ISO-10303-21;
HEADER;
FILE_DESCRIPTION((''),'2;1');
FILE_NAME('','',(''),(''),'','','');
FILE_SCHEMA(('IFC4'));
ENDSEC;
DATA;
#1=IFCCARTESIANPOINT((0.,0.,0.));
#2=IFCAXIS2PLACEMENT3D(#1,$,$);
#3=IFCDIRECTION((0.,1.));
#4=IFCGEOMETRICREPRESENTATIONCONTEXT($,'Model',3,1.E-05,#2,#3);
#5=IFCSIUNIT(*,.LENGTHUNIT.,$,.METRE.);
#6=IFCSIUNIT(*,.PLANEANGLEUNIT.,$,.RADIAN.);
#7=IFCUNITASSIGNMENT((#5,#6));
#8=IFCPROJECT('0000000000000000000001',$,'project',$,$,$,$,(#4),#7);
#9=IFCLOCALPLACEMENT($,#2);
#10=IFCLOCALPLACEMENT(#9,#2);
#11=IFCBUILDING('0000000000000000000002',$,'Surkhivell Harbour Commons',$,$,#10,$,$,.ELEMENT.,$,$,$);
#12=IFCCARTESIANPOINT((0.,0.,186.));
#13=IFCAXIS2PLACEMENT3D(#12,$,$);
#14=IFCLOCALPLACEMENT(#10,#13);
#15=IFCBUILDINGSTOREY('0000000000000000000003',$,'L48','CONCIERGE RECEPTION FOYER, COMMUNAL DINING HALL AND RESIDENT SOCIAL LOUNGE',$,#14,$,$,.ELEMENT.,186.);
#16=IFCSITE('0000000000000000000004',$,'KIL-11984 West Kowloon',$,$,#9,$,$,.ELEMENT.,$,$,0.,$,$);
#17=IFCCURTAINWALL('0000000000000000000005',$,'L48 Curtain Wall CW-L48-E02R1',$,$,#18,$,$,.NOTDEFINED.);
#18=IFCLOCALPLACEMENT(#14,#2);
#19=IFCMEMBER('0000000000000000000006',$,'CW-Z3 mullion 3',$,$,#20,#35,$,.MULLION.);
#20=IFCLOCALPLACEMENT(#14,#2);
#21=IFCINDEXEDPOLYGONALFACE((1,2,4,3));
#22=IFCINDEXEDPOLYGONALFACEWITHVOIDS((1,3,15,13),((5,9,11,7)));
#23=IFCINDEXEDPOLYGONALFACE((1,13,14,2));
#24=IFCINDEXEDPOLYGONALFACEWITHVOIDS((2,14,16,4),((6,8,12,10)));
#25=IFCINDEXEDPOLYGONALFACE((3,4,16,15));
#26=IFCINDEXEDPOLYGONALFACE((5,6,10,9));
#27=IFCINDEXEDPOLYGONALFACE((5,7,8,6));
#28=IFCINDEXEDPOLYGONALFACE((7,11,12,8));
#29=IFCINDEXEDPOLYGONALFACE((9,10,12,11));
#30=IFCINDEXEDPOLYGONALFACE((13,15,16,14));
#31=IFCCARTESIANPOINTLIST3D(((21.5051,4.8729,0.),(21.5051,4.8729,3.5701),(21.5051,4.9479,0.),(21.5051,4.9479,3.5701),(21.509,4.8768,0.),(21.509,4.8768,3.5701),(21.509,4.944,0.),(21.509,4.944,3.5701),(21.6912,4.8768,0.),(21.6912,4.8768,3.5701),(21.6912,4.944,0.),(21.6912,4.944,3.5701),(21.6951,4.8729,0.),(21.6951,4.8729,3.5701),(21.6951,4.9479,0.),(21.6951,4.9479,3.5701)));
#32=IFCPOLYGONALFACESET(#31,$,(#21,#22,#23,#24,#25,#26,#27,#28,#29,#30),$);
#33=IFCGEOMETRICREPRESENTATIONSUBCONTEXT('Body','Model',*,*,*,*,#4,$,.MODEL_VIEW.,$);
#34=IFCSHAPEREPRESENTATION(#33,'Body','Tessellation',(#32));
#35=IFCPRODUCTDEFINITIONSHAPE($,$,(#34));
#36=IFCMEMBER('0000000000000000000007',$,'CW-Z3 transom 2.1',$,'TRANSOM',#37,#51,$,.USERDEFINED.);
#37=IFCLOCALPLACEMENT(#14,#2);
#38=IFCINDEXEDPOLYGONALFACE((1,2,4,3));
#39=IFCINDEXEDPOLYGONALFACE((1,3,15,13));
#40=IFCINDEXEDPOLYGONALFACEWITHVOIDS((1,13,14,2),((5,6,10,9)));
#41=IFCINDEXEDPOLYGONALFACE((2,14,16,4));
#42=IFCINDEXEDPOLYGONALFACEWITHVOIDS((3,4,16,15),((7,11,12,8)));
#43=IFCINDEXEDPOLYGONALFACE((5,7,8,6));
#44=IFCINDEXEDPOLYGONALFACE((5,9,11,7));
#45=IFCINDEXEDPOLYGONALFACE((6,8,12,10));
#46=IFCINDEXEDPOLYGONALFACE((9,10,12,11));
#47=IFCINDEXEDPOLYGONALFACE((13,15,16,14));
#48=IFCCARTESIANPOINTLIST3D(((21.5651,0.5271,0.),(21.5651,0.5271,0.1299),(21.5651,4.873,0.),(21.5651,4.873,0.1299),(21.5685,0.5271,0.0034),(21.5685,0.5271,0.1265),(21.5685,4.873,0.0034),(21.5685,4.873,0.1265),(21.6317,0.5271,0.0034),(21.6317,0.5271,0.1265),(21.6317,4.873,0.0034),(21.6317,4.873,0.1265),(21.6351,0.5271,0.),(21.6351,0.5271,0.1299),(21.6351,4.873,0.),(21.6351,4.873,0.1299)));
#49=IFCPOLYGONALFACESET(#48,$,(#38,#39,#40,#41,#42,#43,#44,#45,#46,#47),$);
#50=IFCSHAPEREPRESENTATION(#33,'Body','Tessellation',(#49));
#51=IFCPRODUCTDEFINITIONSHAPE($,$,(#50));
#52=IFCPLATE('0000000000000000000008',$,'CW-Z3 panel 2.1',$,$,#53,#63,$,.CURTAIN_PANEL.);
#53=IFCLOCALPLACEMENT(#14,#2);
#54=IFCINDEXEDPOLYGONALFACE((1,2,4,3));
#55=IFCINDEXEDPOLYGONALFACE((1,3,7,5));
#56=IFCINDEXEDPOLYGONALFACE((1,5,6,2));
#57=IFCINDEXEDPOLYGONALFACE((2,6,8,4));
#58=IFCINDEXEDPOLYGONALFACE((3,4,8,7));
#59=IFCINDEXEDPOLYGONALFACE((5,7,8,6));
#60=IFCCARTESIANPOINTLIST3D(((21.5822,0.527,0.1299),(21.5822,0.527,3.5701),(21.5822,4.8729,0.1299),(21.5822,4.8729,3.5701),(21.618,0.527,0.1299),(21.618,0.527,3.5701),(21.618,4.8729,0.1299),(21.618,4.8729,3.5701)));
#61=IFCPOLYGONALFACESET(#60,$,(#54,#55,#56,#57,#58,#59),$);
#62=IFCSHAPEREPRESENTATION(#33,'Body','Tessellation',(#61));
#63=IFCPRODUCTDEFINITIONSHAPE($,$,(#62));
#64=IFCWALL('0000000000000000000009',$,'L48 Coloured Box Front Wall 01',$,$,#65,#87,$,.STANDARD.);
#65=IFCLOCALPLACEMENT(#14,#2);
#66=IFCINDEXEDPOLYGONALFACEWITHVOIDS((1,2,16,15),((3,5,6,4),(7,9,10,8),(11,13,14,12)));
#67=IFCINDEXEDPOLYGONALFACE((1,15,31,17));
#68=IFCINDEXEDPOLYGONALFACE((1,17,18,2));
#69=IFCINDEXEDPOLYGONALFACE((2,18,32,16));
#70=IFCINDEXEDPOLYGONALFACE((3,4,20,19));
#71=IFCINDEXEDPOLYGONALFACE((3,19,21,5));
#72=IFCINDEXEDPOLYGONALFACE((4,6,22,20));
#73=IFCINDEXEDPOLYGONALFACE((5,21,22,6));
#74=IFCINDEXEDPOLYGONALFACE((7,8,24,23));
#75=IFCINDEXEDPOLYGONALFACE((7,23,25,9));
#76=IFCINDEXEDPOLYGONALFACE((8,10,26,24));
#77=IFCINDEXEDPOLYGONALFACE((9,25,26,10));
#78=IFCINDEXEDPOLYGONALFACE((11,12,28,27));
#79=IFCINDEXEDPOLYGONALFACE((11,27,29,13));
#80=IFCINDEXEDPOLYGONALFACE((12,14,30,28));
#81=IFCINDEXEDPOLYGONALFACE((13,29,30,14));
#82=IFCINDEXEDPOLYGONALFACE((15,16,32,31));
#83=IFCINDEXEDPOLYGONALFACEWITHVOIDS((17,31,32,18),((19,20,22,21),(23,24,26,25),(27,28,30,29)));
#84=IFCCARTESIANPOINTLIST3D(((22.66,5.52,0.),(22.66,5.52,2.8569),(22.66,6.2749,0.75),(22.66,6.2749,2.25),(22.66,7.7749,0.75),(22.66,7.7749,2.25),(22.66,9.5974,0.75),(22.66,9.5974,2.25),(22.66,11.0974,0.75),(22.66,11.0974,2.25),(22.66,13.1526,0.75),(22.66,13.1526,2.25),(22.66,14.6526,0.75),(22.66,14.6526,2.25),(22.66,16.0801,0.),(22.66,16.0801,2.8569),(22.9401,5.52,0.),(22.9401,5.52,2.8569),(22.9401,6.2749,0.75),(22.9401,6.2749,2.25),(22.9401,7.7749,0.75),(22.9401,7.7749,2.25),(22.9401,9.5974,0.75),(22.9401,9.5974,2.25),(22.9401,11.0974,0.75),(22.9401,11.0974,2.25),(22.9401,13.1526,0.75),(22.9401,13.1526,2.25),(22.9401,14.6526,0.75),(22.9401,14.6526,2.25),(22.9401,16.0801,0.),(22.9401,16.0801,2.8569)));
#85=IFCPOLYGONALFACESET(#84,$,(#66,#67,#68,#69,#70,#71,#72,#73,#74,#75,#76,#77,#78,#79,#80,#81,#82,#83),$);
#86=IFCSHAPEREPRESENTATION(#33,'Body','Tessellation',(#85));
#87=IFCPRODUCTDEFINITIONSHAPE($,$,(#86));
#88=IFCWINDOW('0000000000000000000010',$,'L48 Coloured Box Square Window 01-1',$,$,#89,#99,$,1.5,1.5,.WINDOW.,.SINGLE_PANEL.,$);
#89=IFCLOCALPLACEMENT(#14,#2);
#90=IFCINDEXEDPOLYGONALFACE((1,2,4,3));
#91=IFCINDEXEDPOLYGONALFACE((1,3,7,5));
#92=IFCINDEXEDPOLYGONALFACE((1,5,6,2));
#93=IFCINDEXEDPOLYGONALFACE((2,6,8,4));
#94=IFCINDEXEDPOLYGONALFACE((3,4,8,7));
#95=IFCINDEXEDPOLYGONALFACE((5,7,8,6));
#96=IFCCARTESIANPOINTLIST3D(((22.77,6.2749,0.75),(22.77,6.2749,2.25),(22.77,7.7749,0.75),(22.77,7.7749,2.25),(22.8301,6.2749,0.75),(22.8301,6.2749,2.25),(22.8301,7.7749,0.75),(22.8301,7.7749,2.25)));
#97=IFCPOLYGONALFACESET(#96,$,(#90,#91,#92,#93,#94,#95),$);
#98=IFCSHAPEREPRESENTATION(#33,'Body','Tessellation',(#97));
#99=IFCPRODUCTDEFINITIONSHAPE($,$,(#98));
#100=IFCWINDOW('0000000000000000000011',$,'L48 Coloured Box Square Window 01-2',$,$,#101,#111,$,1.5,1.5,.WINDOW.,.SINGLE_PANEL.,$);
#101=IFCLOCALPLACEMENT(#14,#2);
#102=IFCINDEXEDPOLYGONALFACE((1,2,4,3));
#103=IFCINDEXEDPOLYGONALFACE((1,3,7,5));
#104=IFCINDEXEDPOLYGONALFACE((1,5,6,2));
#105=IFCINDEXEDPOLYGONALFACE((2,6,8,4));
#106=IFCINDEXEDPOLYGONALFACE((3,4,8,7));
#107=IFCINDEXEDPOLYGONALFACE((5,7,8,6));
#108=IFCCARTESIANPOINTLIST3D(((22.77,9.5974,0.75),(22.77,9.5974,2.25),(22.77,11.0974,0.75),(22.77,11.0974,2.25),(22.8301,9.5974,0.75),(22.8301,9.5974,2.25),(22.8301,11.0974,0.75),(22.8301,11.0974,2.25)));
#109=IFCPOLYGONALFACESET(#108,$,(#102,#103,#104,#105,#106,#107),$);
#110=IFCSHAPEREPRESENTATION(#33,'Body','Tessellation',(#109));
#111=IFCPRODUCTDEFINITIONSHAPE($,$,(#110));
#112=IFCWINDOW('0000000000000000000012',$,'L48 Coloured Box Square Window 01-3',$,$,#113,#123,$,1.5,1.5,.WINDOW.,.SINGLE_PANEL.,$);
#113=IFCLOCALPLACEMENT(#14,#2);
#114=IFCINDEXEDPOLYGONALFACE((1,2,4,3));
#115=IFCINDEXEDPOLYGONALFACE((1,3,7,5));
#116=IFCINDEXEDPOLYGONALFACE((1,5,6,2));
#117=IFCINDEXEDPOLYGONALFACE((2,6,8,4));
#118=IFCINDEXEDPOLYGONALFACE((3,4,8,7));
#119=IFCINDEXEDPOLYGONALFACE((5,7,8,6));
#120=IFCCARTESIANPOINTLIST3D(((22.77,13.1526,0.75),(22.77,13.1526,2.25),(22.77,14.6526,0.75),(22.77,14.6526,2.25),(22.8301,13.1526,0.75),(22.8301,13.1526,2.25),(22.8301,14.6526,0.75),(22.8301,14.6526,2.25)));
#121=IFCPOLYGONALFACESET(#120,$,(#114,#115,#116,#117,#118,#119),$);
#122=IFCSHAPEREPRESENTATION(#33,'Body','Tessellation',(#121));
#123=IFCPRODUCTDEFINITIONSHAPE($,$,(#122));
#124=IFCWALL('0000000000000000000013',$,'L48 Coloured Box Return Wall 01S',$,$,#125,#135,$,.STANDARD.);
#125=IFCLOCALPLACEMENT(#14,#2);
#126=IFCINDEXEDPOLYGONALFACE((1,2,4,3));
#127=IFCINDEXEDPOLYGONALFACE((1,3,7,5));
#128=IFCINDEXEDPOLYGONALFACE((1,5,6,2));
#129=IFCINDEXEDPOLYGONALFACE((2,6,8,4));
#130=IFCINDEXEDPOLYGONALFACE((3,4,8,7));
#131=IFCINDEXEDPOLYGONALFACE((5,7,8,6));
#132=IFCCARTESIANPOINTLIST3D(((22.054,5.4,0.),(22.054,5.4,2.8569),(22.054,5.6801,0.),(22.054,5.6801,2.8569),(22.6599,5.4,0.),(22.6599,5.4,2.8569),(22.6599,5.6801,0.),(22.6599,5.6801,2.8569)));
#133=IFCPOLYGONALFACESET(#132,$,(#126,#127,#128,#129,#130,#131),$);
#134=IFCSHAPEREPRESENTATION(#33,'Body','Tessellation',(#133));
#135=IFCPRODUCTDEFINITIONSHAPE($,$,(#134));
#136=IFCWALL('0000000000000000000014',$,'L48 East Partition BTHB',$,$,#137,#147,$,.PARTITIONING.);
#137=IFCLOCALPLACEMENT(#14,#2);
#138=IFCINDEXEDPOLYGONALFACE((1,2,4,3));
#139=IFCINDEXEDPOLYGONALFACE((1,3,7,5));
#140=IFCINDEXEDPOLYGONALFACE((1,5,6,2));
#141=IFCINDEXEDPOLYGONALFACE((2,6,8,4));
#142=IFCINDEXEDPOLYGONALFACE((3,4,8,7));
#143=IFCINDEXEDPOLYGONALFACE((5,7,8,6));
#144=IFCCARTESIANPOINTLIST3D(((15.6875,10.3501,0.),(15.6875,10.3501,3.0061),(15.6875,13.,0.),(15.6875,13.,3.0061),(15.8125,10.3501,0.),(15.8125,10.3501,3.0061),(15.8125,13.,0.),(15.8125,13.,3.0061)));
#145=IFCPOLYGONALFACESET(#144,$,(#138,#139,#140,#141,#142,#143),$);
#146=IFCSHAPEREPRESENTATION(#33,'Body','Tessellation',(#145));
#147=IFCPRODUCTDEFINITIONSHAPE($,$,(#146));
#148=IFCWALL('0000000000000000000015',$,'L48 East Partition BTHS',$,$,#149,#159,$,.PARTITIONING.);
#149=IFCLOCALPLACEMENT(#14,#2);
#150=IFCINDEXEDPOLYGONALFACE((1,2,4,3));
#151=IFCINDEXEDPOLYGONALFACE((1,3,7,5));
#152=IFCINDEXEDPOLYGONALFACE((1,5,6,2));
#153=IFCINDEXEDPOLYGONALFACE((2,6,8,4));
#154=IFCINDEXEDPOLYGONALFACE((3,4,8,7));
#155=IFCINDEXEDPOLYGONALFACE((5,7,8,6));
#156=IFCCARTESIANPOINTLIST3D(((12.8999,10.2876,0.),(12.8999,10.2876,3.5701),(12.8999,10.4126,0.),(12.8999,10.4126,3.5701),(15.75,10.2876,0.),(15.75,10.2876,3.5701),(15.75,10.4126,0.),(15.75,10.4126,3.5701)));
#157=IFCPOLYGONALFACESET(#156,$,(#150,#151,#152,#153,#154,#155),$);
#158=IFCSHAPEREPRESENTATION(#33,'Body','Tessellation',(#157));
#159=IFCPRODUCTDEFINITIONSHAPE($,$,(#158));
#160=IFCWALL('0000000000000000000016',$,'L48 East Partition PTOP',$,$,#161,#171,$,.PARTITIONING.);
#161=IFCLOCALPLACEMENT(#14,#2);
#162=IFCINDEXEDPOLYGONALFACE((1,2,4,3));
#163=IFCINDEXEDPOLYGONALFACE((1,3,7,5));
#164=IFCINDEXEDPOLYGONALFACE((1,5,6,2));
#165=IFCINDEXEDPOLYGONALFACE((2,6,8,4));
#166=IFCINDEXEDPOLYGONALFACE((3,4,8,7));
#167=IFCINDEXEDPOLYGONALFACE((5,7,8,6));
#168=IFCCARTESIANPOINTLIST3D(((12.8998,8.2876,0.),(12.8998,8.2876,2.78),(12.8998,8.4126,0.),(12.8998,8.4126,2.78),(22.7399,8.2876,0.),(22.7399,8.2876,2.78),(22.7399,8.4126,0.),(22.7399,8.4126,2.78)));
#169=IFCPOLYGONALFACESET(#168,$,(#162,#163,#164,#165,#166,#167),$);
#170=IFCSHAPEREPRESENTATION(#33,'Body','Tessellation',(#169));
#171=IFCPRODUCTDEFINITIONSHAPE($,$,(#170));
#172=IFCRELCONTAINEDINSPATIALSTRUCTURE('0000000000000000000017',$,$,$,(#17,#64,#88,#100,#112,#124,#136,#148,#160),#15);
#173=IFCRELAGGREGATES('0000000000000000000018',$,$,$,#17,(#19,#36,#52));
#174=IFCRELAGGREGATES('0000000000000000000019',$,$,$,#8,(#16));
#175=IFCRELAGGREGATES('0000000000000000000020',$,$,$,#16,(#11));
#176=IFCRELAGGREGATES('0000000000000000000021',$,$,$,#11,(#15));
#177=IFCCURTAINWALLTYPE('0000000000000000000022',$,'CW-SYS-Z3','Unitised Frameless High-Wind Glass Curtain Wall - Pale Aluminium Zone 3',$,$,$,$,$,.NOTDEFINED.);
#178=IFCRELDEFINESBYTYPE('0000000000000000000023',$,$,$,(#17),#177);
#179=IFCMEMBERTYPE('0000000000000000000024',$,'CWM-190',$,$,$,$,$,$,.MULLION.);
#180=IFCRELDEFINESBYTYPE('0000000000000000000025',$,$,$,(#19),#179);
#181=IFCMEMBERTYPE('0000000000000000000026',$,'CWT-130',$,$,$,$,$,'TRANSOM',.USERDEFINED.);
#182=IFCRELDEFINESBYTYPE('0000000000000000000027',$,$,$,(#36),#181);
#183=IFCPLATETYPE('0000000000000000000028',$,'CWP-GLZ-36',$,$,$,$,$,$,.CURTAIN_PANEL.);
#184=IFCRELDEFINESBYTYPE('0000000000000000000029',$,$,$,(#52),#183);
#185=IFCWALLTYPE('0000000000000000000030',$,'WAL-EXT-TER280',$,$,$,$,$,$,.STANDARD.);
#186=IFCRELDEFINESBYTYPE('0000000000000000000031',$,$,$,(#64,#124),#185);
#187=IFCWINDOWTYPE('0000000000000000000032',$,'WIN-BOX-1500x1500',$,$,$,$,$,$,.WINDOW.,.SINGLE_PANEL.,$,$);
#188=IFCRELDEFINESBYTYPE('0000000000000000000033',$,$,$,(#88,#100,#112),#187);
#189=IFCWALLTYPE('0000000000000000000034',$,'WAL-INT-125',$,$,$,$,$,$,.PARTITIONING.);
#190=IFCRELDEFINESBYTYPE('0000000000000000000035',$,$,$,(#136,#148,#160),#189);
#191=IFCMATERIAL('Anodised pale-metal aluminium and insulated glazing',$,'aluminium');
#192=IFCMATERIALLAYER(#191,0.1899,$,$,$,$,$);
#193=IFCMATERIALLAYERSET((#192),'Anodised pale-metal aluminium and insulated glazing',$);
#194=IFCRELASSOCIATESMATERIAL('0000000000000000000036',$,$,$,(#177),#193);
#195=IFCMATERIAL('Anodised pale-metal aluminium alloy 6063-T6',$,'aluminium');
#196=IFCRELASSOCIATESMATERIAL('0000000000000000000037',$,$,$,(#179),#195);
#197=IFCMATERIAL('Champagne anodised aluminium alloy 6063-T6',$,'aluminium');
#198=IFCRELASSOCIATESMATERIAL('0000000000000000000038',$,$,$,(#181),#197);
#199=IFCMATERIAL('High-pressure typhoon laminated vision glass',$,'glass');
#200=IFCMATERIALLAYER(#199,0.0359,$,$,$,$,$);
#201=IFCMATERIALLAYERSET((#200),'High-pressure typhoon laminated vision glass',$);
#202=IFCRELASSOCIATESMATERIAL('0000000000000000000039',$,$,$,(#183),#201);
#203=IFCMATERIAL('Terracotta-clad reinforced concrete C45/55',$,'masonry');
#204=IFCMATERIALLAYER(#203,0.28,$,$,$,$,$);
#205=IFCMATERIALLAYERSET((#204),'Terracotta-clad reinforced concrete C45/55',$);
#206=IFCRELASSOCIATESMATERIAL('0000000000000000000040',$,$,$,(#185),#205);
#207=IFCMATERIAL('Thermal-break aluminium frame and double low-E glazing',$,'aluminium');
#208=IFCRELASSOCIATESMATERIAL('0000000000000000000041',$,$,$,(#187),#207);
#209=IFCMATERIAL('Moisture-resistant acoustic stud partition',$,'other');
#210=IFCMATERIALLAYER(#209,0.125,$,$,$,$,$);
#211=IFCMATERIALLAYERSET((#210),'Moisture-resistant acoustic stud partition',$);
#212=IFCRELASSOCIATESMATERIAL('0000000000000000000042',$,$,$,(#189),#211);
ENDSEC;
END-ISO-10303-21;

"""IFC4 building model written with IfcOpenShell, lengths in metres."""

from ifc_helpers import new_model, si_unit, direction, frame, frame_2d, origin, origin_2d, place, context, subcontext, project, spatial, rectangle, hollow_rectangle, extrude, material, layer, layer_set, material_profile, profile_set, type_object, element, fill, aggregate, save


model = new_model("IFC4")

# Units and contexts
model_context = context("Model", 3, precision=1e-05, world=origin(), true_north=direction((0.0, 1.0)))
body_context = subcontext(model_context, "Body", "Model", "MODEL_VIEW")
ifc_project = project(units=[si_unit("LENGTHUNIT", "METRE"), si_unit("PLANEANGLEUNIT", "RADIAN")], contexts=[model_context])

# Site, building, storey
site_placement = place(None, origin())
site = spatial("IfcSite", under=ifc_project, at=site_placement, Name="KIL-11984 West Kowloon", CompositionType="ELEMENT", RefElevation=0.0)
building_placement = place(site_placement, origin())
building = spatial("IfcBuilding", under=site, at=building_placement, Name="Surkhivell Harbour Commons", CompositionType="ELEMENT")
storey_placement = place(building_placement, frame((0.0, 0.0, 186.0)))
storey = spatial("IfcBuildingStorey", under=building, at=storey_placement, Name="L48", Description="CONCIERGE RECEPTION FOYER, COMMUNAL DINING HALL AND RESIDENT SOCIAL LOUNGE", CompositionType="ELEMENT", Elevation=186.0)

# Curtain wall, members, plate
ifc_material_1 = material(Name="Anodised pale-metal aluminium and insulated glazing", Category="aluminium")
ifc_layer_1 = layer(ifc_material_1, 0.1899)
ifc_layer_set_1 = layer_set([ifc_layer_1], Name="Anodised pale-metal aluminium and insulated glazing")
curtain_wall_type = type_object("IfcCurtainWallType", Name="CW-SYS-Z3", Description="Unitised Frameless High-Wind Glass Curtain Wall - Pale Aluminium Zone 3", PredefinedType="NOTDEFINED", material=ifc_layer_set_1)
curtain_wall_placement = place(storey_placement, origin())
curtain_wall = element("IfcCurtainWall", 1, at=curtain_wall_placement, inside=storey, type_object=curtain_wall_type, Name="L48 Curtain Wall CW-L48-E02R1", PredefinedType="NOTDEFINED")
ifc_material_2 = material(Name="Anodised pale-metal aluminium alloy 6063-T6", Category="aluminium")
ifc_material_profile_1 = material_profile(ifc_material_2, hollow_rectangle(XDim=0.075, YDim=0.1899, WallThickness=0.0039, at=origin_2d()), Name="ALU-MULL-75x190")
ifc_profile_set_1 = profile_set([ifc_material_profile_1], Name="Anodised pale-metal aluminium alloy 6063-T6")
member_type_1 = type_object("IfcMemberType", Name="CWM-190", PredefinedType="MULLION", material=ifc_profile_set_1)
member_1_placement = place(storey_placement, frame((21.6001, 4.9104, 0.0), z_axis=(0.0, 0.0, 1.0), x_axis=(0.0, 1.0, 0.0)))
member_1 = element("IfcMember", 2, at=member_1_placement, type_object=member_type_1, Name="CW-Z3 mullion 3", PredefinedType="MULLION", context=body_context, shape_type="SweptSolid", body=[
    extrude(hollow_rectangle(XDim=0.075, YDim=0.1899, WallThickness=0.0039, at=origin_2d()), origin(), (0.0, 0.0, 1.0), 3.5701),
])
ifc_material_3 = material(Name="Champagne anodised aluminium alloy 6063-T6", Category="aluminium")
ifc_material_profile_2 = material_profile(ifc_material_3, hollow_rectangle(XDim=0.0701, YDim=0.1299, WallThickness=0.0034, at=origin_2d()), Name="ALU-TRAN-70x130")
ifc_profile_set_2 = profile_set([ifc_material_profile_2], Name="Champagne anodised aluminium alloy 6063-T6")
member_type_2 = type_object("IfcMemberType", Name="CWT-130", ElementType="TRANSOM", PredefinedType="USERDEFINED", material=ifc_profile_set_2)
member_2_placement = place(storey_placement, frame((21.6001, 0.5271, 0.0649), z_axis=(0.0, 1.0, 0.0), x_axis=(-1.0, 0.0, 0.0)))
member_2 = element("IfcMember", 3, at=member_2_placement, type_object=member_type_2, Name="CW-Z3 transom 2.1", ObjectType="TRANSOM", PredefinedType="USERDEFINED", context=body_context, shape_type="SweptSolid", body=[
    extrude(hollow_rectangle(XDim=0.0701, YDim=0.1299, WallThickness=0.0034, at=origin_2d()), origin(), (0.0, 0.0, 1.0), 4.3459),
])
ifc_material_4 = material(Name="High-pressure typhoon laminated vision glass", Category="glass")
ifc_layer_2 = layer(ifc_material_4, 0.0359)
ifc_layer_set_2 = layer_set([ifc_layer_2], Name="High-pressure typhoon laminated vision glass")
plate_type = type_object("IfcPlateType", Name="CWP-GLZ-36", PredefinedType="CURTAIN_PANEL", material=ifc_layer_set_2)
plate_placement = place(storey_placement, frame((21.6001, 0.5271, 0.1299), z_axis=(0.0, 0.0, 1.0), x_axis=(0.0, 1.0, 0.0)))
plate = element("IfcPlate", 4, at=plate_placement, type_object=plate_type, Name="CW-Z3 panel 2.1", PredefinedType="CURTAIN_PANEL", context=body_context, shape_type="SweptSolid", body=[
    extrude(rectangle(XDim=4.3459, YDim=0.0359, at=frame_2d((2.1729, 0.0))), origin(), (0.0, 0.0, 1.0), 3.4402),
])
aggregate(curtain_wall, [member_1, member_2, plate])

# Wall, openings, windows
ifc_material_5 = material(Name="Terracotta-clad reinforced concrete C45/55", Category="masonry")
ifc_layer_3 = layer(ifc_material_5, 0.28)
ifc_layer_set_3 = layer_set([ifc_layer_3], Name="Terracotta-clad reinforced concrete C45/55")
wall_type_1 = type_object("IfcWallType", Name="WAL-EXT-TER280", PredefinedType="STANDARD", material=ifc_layer_set_3)
wall_1_placement = place(storey_placement, frame((22.8, 5.52, 0.0), z_axis=(0.0, 0.0, 1.0), x_axis=(0.0, 1.0, 0.0)))
wall_1 = element("IfcWall", 5, at=wall_1_placement, inside=storey, type_object=wall_type_1, Name="L48 Coloured Box Front Wall 01", PredefinedType="STANDARD", context=body_context, shape_type="SweptSolid", body=[
    extrude(rectangle(XDim=10.5601, YDim=0.28, at=frame_2d((5.28, 0.0))), origin(), (0.0, 0.0, 1.0), 2.8569),
])
opening_1_placement = place(wall_1_placement, frame((0.7549, 0.0, 0.75)))
opening_1 = element("IfcOpeningElement", 6, at=opening_1_placement, cuts=wall_1, PredefinedType="OPENING", context=body_context, shape_type="SweptSolid", body=[
    extrude(rectangle(XDim=1.5, YDim=1.5, at=frame_2d((0.75, 0.75))), frame((0.0, 0.1499, 0.0), z_axis=(0.0, -1.0, 0.0), x_axis=(1.0, 0.0, 0.0)), (0.0, 0.0, 1.0), 0.3),
])
opening_2_placement = place(wall_1_placement, frame((4.0774, 0.0, 0.75)))
opening_2 = element("IfcOpeningElement", 7, at=opening_2_placement, cuts=wall_1, PredefinedType="OPENING", context=body_context, shape_type="SweptSolid", body=[
    extrude(rectangle(XDim=1.5, YDim=1.5, at=frame_2d((0.75, 0.75))), frame((0.0, 0.1499, 0.0), z_axis=(0.0, -1.0, 0.0), x_axis=(1.0, 0.0, 0.0)), (0.0, 0.0, 1.0), 0.3),
])
opening_3_placement = place(wall_1_placement, frame((7.6326, 0.0, 0.75)))
opening_3 = element("IfcOpeningElement", 8, at=opening_3_placement, cuts=wall_1, PredefinedType="OPENING", context=body_context, shape_type="SweptSolid", body=[
    extrude(rectangle(XDim=1.5, YDim=1.5, at=frame_2d((0.75, 0.75))), frame((0.0, 0.1499, 0.0), z_axis=(0.0, -1.0, 0.0), x_axis=(1.0, 0.0, 0.0)), (0.0, 0.0, 1.0), 0.3),
])
ifc_material_6 = material(Name="Thermal-break aluminium frame and double low-E glazing", Category="aluminium")
window_type = type_object("IfcWindowType", Name="WIN-BOX-1500x1500", PartitioningType="SINGLE_PANEL", PredefinedType="WINDOW", material=ifc_material_6)
window_1_placement = place(opening_1_placement, origin())
window_1 = element("IfcWindow", 9, at=window_1_placement, inside=storey, type_object=window_type, Name="L48 Coloured Box Square Window 01-1", OverallHeight=1.5, OverallWidth=1.5, PartitioningType="SINGLE_PANEL", PredefinedType="WINDOW", context=body_context, shape_type="SweptSolid", body=[
    extrude(rectangle(XDim=1.5, YDim=1.5, at=frame_2d((0.75, 0.75))), frame((0.0, 0.03, 0.0), z_axis=(0.0, -1.0, 0.0), x_axis=(1.0, 0.0, 0.0)), (0.0, 0.0, 1.0), 0.0601),
])
fill(opening_1, window_1)
window_2_placement = place(opening_2_placement, origin())
window_2 = element("IfcWindow", 10, at=window_2_placement, inside=storey, type_object=window_type, Name="L48 Coloured Box Square Window 01-2", OverallHeight=1.5, OverallWidth=1.5, PartitioningType="SINGLE_PANEL", PredefinedType="WINDOW", context=body_context, shape_type="SweptSolid", body=[
    extrude(rectangle(XDim=1.5, YDim=1.5, at=frame_2d((0.75, 0.75))), frame((0.0, 0.03, 0.0), z_axis=(0.0, -1.0, 0.0), x_axis=(1.0, 0.0, 0.0)), (0.0, 0.0, 1.0), 0.0601),
])
fill(opening_2, window_2)
window_3_placement = place(opening_3_placement, origin())
window_3 = element("IfcWindow", 11, at=window_3_placement, inside=storey, type_object=window_type, Name="L48 Coloured Box Square Window 01-3", OverallHeight=1.5, OverallWidth=1.5, PartitioningType="SINGLE_PANEL", PredefinedType="WINDOW", context=body_context, shape_type="SweptSolid", body=[
    extrude(rectangle(XDim=1.5, YDim=1.5, at=frame_2d((0.75, 0.75))), frame((0.0, 0.03, 0.0), z_axis=(0.0, -1.0, 0.0), x_axis=(1.0, 0.0, 0.0)), (0.0, 0.0, 1.0), 0.0601),
])
fill(opening_3, window_3)

# Walls
wall_2_placement = place(storey_placement, frame((22.054, 5.54, 0.0), z_axis=(0.0, 0.0, 1.0), x_axis=(1.0, 0.0, 0.0)))
element("IfcWall", 12, at=wall_2_placement, inside=storey, type_object=wall_type_1, Name="L48 Coloured Box Return Wall 01S", PredefinedType="STANDARD", context=body_context, shape_type="SweptSolid", body=[
    extrude(rectangle(XDim=0.606, YDim=0.28, at=frame_2d((0.303, 0.0))), origin(), (0.0, 0.0, 1.0), 2.8569),
])
ifc_material_7 = material(Name="Moisture-resistant acoustic stud partition", Category="other")
ifc_layer_4 = layer(ifc_material_7, 0.125)
ifc_layer_set_4 = layer_set([ifc_layer_4], Name="Moisture-resistant acoustic stud partition")
wall_type_2 = type_object("IfcWallType", Name="WAL-INT-125", PredefinedType="PARTITIONING", material=ifc_layer_set_4)
wall_3_placement = place(storey_placement, frame((15.75, 10.3501, 0.0), z_axis=(0.0, 0.0, 1.0), x_axis=(0.0, 1.0, 0.0)))
element("IfcWall", 13, at=wall_3_placement, inside=storey, type_object=wall_type_2, Name="L48 East Partition BTHB", PredefinedType="PARTITIONING", context=body_context, shape_type="SweptSolid", body=[
    extrude(rectangle(XDim=2.6499, YDim=0.125, at=frame_2d((1.325, 0.0))), origin(), (0.0, 0.0, 1.0), 3.0061),
])
wall_4_placement = place(storey_placement, frame((12.8999, 10.3501, 0.0), z_axis=(0.0, 0.0, 1.0), x_axis=(1.0, 0.0, 0.0)))
element("IfcWall", 14, at=wall_4_placement, inside=storey, type_object=wall_type_2, Name="L48 East Partition BTHS", PredefinedType="PARTITIONING", context=body_context, shape_type="SweptSolid", body=[
    extrude(rectangle(XDim=2.8501, YDim=0.125, at=frame_2d((1.425, 0.0))), origin(), (0.0, 0.0, 1.0), 3.5701),
])
wall_5_placement = place(storey_placement, frame((12.8999, 8.3501, 0.0), z_axis=(0.0, 0.0, 1.0), x_axis=(1.0, 0.0, 0.0)))
element("IfcWall", 15, at=wall_5_placement, inside=storey, type_object=wall_type_2, Name="L48 East Partition PTOP", PredefinedType="PARTITIONING", context=body_context, shape_type="SweptSolid", body=[
    extrude(rectangle(XDim=9.8401, YDim=0.125, at=frame_2d((4.9199, 0.0))), origin(), (0.0, 0.0, 1.0), 2.78),
])

save(model, "model.ifc")
